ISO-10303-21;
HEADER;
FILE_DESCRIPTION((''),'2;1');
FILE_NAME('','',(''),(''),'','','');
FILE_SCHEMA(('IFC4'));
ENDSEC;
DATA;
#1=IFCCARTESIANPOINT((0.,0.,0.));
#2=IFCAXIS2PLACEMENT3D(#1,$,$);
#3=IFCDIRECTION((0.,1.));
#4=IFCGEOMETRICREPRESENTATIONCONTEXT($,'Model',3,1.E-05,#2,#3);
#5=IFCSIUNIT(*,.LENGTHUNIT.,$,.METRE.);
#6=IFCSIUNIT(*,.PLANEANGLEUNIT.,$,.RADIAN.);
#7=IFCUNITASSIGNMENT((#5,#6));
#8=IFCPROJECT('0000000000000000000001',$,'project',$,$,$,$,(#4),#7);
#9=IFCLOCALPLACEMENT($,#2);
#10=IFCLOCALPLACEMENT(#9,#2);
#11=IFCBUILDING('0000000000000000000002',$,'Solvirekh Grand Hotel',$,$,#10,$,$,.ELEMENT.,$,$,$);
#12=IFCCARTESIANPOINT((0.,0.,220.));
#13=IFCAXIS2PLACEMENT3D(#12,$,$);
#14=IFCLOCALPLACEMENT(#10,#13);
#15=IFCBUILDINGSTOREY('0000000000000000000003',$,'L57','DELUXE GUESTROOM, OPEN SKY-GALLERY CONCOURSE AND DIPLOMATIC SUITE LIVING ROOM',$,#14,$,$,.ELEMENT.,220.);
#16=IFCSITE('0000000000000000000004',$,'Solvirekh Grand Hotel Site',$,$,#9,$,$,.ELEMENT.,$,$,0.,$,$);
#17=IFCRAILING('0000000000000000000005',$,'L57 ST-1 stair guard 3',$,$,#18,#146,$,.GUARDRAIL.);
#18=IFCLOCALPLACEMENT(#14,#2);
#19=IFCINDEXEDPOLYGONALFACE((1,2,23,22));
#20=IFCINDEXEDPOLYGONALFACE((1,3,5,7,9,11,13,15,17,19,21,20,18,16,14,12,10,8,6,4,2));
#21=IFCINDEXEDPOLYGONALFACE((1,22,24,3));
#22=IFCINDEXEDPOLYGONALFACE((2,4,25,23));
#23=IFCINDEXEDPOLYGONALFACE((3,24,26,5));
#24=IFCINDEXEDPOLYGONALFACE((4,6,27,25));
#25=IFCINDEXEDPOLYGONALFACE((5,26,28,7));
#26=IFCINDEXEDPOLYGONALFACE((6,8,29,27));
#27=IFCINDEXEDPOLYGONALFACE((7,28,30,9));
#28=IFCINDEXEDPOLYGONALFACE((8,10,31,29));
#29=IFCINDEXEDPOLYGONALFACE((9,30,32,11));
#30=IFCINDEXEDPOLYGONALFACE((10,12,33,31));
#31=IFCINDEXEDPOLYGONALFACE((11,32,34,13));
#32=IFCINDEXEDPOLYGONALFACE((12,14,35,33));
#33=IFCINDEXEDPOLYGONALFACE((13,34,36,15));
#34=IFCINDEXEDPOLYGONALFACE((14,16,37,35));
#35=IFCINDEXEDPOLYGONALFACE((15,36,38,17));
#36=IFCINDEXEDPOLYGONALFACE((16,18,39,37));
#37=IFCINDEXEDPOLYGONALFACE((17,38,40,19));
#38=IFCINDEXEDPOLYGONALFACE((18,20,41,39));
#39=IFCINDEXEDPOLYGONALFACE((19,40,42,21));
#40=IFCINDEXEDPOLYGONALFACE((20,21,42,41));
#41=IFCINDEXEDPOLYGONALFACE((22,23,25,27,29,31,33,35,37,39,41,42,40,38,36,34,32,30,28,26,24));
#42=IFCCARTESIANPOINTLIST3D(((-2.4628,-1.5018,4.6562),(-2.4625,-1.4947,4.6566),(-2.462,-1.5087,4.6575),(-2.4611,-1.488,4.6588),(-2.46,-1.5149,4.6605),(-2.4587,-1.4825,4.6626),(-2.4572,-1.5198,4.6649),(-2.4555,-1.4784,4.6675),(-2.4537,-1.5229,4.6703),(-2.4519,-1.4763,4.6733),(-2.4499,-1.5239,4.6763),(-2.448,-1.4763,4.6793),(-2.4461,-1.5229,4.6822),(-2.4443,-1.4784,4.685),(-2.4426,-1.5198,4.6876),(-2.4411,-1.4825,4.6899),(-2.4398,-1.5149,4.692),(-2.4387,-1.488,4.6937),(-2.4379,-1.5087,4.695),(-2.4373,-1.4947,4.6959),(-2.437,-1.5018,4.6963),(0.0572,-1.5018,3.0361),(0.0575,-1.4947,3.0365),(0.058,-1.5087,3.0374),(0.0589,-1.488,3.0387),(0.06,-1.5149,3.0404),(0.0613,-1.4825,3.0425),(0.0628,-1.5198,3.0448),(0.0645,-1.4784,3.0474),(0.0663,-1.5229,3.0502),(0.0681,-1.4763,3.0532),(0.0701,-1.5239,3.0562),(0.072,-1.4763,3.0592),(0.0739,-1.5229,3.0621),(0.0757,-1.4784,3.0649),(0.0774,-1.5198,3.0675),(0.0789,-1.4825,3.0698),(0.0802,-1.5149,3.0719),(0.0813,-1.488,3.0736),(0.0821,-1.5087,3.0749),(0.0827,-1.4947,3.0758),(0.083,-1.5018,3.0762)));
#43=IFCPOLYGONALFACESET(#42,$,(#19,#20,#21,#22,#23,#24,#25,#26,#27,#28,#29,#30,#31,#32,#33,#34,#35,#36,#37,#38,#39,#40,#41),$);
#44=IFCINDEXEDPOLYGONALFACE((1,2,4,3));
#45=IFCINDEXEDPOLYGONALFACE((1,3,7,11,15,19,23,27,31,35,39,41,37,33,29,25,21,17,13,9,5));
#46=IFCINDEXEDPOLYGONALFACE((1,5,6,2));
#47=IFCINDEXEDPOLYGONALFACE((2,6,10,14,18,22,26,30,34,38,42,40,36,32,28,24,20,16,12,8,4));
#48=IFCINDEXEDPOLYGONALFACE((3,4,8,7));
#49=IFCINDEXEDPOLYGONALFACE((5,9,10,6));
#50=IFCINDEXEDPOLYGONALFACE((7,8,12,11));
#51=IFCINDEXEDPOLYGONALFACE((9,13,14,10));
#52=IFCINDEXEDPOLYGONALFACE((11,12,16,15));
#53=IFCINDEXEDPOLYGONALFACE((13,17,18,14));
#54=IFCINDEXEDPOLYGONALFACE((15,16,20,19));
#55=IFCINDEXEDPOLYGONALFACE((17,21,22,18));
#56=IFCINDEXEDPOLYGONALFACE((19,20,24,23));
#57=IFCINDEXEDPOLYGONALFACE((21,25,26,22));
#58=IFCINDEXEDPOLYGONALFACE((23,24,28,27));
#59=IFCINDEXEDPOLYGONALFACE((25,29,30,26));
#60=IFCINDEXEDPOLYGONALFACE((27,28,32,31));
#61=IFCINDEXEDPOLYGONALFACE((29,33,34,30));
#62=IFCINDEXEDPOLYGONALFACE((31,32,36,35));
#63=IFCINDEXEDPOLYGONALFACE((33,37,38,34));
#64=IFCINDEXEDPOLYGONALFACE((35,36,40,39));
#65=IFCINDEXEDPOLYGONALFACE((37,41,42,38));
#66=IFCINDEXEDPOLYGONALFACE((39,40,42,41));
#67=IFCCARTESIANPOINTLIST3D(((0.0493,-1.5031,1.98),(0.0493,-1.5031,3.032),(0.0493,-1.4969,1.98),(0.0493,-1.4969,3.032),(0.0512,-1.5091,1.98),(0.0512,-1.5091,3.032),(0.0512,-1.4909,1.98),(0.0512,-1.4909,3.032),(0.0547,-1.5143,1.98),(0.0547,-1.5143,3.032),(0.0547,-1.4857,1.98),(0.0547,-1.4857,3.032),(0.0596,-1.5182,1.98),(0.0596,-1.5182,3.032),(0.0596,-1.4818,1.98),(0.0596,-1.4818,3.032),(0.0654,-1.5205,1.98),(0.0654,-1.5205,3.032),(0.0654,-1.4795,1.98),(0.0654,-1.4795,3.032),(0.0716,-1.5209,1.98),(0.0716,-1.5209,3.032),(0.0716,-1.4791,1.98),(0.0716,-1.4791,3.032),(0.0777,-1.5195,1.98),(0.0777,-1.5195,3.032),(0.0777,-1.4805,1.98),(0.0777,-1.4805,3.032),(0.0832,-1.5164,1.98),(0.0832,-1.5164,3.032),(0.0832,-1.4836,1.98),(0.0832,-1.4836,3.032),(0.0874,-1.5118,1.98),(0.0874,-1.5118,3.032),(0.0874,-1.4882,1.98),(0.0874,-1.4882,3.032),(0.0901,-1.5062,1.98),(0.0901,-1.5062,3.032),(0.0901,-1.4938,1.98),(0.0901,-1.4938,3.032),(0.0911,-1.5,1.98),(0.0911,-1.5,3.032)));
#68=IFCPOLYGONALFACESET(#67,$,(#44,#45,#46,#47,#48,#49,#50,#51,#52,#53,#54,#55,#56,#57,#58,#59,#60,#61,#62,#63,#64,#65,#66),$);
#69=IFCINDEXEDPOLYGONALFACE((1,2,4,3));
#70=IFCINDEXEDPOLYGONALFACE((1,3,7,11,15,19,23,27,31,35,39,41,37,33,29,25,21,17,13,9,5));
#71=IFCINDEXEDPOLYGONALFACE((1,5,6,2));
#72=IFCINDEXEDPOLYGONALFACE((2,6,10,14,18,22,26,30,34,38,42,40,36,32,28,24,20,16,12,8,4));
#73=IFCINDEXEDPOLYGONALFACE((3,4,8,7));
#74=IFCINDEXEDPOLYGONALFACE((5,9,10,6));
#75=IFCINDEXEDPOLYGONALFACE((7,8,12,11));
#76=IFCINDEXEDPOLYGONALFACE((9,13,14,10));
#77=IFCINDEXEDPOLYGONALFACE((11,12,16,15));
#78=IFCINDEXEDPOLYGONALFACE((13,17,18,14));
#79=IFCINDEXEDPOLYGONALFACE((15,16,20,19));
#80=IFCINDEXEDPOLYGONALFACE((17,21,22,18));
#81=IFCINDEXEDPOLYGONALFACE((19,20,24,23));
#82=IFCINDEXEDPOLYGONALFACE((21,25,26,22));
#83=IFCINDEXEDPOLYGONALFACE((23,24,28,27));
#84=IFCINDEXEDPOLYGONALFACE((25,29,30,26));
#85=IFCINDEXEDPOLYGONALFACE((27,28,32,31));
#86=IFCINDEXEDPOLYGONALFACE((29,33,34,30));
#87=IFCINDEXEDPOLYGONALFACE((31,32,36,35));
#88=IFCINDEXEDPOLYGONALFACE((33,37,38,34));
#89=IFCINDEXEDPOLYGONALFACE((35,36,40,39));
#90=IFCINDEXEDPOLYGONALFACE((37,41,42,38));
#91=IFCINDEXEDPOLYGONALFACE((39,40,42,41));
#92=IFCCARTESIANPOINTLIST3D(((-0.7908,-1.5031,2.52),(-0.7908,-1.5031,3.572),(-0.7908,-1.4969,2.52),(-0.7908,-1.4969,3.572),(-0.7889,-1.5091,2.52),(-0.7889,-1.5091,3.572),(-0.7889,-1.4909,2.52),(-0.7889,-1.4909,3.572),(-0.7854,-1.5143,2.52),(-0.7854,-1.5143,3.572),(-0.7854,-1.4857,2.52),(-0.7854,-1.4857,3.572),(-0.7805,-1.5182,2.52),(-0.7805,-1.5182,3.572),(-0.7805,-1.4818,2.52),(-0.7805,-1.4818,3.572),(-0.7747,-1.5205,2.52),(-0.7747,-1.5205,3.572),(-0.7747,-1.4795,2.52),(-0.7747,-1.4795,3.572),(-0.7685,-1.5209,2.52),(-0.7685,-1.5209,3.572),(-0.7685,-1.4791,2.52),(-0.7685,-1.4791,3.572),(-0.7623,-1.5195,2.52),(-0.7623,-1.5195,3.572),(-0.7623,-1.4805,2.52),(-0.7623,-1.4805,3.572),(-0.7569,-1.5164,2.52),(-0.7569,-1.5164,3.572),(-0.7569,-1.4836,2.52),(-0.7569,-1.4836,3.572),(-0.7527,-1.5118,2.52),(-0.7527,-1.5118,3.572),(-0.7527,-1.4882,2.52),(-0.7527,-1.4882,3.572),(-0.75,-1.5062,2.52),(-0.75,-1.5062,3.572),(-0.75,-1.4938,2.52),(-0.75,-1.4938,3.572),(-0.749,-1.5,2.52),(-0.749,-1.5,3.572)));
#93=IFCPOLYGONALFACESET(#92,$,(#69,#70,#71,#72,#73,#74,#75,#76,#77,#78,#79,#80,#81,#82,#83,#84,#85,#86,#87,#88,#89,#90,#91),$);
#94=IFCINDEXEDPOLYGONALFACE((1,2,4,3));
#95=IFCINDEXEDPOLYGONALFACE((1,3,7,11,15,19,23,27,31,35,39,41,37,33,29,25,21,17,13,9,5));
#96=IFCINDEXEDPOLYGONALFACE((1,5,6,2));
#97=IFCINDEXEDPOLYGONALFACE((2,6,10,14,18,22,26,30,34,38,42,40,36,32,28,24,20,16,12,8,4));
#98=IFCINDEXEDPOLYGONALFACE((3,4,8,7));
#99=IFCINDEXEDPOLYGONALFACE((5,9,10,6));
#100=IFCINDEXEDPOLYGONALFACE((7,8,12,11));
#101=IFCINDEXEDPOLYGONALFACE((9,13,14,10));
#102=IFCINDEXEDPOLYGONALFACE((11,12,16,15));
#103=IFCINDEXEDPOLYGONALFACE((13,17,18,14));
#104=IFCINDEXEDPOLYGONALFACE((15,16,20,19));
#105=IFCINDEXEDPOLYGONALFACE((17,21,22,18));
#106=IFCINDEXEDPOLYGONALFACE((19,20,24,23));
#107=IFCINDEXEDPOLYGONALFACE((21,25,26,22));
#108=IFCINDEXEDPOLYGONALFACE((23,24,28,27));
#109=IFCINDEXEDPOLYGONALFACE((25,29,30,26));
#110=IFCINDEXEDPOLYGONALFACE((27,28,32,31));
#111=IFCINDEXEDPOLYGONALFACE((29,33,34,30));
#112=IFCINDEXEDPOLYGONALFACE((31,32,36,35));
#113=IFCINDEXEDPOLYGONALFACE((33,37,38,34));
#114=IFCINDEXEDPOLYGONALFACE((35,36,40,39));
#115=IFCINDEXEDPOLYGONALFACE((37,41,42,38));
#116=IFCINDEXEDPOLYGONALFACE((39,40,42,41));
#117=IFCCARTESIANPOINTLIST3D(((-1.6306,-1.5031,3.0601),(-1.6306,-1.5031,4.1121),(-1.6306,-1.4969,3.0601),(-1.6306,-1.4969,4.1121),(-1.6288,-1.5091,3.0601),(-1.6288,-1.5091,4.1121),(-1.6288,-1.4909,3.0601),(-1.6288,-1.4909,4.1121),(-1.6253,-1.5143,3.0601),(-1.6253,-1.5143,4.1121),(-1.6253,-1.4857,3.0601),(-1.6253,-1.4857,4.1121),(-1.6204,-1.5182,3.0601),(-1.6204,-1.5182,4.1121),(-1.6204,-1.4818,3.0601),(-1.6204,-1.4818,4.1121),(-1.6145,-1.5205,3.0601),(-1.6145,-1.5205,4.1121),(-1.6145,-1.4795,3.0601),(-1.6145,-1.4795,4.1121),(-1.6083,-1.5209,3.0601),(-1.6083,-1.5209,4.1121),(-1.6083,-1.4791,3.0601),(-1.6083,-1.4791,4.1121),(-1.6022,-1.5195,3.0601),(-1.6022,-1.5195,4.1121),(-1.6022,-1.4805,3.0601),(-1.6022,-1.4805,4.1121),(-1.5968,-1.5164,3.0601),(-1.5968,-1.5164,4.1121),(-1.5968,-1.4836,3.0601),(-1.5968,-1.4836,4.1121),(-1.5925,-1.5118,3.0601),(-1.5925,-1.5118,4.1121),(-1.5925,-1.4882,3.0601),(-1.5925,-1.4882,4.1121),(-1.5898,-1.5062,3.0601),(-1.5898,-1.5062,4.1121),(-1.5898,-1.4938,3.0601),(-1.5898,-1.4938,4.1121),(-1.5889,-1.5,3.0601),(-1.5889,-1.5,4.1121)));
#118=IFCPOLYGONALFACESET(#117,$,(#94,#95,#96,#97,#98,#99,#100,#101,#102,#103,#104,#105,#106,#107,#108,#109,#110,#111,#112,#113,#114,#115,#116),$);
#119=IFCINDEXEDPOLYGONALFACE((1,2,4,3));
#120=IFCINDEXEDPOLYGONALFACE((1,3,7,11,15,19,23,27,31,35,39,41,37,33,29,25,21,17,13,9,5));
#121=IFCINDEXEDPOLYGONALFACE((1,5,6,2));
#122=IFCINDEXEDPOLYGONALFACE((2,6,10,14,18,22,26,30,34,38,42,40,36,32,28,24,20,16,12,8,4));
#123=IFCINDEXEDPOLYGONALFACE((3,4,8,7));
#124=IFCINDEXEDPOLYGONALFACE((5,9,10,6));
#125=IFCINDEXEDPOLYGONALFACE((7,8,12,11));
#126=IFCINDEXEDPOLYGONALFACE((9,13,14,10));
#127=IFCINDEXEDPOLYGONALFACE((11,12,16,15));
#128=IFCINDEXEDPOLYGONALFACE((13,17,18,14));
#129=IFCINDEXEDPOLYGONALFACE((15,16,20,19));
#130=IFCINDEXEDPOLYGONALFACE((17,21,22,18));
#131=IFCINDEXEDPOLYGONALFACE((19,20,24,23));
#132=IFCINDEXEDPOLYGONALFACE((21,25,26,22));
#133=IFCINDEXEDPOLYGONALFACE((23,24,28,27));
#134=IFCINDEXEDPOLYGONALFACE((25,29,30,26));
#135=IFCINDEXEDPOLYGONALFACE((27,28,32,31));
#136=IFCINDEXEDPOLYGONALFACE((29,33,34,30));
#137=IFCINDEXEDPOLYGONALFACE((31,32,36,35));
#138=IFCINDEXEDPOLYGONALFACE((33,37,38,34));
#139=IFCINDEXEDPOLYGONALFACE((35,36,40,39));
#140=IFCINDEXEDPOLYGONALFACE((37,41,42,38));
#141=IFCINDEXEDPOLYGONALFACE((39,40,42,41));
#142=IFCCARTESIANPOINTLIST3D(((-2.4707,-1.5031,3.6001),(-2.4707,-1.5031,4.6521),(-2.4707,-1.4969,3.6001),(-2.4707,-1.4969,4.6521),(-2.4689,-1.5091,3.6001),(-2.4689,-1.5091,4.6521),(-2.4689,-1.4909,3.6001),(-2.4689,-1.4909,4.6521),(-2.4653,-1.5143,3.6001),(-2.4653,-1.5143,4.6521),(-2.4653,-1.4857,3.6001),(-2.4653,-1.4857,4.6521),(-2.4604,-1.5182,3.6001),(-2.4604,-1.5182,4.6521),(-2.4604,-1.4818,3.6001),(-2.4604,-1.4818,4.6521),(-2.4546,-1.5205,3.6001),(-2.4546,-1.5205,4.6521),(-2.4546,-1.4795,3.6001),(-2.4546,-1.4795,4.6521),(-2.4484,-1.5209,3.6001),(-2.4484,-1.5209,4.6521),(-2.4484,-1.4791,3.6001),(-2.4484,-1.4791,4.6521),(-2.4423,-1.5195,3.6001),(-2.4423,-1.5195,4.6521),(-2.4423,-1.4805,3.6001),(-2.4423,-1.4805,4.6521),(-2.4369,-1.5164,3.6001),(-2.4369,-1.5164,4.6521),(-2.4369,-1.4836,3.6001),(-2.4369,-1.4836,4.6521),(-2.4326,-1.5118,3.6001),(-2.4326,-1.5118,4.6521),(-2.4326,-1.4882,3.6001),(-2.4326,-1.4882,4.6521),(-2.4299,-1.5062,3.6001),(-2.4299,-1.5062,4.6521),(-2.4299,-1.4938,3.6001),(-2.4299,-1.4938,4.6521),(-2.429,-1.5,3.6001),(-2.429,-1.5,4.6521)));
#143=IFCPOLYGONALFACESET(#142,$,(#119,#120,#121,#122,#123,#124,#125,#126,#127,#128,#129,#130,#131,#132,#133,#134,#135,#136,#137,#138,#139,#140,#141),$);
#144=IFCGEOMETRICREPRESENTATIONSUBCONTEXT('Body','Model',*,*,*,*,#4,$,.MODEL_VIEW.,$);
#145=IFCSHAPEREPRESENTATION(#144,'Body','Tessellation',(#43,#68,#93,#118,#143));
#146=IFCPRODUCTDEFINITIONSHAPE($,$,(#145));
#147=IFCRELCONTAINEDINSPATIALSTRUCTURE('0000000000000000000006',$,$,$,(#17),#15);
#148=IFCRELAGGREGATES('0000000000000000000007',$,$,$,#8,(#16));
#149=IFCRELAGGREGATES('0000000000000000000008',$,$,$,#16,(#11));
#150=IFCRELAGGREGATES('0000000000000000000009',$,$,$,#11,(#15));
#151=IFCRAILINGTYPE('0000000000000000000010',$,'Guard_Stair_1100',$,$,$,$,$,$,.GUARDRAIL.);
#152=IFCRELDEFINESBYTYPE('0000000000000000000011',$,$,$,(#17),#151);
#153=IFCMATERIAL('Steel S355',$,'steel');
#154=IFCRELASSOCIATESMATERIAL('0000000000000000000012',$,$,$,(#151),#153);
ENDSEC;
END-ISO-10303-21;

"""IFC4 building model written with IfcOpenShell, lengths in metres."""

from ifc_helpers import new_model, si_unit, direction, frame, origin, origin_2d, place, context, subcontext, project, spatial, circle, extrude, material, type_object, element, save


model = new_model("IFC4")

# Units and contexts
model_context = context("Model", 3, precision=1e-05, world=origin(), true_north=direction((0.0, 1.0)))
body_context = subcontext(model_context, "Body", "Model", "MODEL_VIEW")
ifc_project = project(units=[si_unit("LENGTHUNIT", "METRE"), si_unit("PLANEANGLEUNIT", "RADIAN")], contexts=[model_context])

# Site, building, storey
site_placement = place(None, origin())
site = spatial("IfcSite", under=ifc_project, at=site_placement, Name="Solvirekh Grand Hotel Site", CompositionType="ELEMENT", RefElevation=0.0)
building_placement = place(site_placement, origin())
building = spatial("IfcBuilding", under=site, at=building_placement, Name="Solvirekh Grand Hotel", CompositionType="ELEMENT")
storey_placement = place(building_placement, frame((0.0, 0.0, 220.0)))
storey = spatial("IfcBuildingStorey", under=building, at=storey_placement, Name="L57", Description="DELUXE GUESTROOM, OPEN SKY-GALLERY CONCOURSE AND DIPLOMATIC SUITE LIVING ROOM", CompositionType="ELEMENT", Elevation=220.0)

# Railing
ifc_material_1 = material(Name="Steel S355", Category="steel")
railing_type_1 = type_object("IfcRailingType", Name="Guard_Stair_1100", PredefinedType="GUARDRAIL", material=ifc_material_1)
railing_1_placement = place(storey_placement, frame((0.0701, -1.5, 1.98)))
element("IfcRailing", 1, at=railing_1_placement, inside=storey, type_object=railing_type_1, Name="L57 ST-1 stair guard 3", PredefinedType="GUARDRAIL", context=body_context, shape_type="SweptSolid", body=[
    extrude(circle(Radius=0.0239, at=origin_2d()), frame((0.0, 0.0, 1.0762), z_axis=(-0.841163, 0.0, 0.540782), x_axis=(0.0, -1.0, 0.0)), (0.0, 0.0, 1.0), 2.9958),
    extrude(circle(Radius=0.021, at=origin_2d()), origin(), (0.0, 0.0, 1.0), 1.052),
    extrude(circle(Radius=0.021, at=origin_2d()), frame((-0.8401, 0.0, 0.54)), (0.0, 0.0, 1.0), 1.052),
    extrude(circle(Radius=0.021, at=origin_2d()), frame((-1.6799, 0.0, 1.0801)), (0.0, 0.0, 1.0), 1.052),
    extrude(circle(Radius=0.021, at=origin_2d()), frame((-2.52, 0.0, 1.6201)), (0.0, 0.0, 1.0), 1.052),
])

save(model, "model.ifc")
